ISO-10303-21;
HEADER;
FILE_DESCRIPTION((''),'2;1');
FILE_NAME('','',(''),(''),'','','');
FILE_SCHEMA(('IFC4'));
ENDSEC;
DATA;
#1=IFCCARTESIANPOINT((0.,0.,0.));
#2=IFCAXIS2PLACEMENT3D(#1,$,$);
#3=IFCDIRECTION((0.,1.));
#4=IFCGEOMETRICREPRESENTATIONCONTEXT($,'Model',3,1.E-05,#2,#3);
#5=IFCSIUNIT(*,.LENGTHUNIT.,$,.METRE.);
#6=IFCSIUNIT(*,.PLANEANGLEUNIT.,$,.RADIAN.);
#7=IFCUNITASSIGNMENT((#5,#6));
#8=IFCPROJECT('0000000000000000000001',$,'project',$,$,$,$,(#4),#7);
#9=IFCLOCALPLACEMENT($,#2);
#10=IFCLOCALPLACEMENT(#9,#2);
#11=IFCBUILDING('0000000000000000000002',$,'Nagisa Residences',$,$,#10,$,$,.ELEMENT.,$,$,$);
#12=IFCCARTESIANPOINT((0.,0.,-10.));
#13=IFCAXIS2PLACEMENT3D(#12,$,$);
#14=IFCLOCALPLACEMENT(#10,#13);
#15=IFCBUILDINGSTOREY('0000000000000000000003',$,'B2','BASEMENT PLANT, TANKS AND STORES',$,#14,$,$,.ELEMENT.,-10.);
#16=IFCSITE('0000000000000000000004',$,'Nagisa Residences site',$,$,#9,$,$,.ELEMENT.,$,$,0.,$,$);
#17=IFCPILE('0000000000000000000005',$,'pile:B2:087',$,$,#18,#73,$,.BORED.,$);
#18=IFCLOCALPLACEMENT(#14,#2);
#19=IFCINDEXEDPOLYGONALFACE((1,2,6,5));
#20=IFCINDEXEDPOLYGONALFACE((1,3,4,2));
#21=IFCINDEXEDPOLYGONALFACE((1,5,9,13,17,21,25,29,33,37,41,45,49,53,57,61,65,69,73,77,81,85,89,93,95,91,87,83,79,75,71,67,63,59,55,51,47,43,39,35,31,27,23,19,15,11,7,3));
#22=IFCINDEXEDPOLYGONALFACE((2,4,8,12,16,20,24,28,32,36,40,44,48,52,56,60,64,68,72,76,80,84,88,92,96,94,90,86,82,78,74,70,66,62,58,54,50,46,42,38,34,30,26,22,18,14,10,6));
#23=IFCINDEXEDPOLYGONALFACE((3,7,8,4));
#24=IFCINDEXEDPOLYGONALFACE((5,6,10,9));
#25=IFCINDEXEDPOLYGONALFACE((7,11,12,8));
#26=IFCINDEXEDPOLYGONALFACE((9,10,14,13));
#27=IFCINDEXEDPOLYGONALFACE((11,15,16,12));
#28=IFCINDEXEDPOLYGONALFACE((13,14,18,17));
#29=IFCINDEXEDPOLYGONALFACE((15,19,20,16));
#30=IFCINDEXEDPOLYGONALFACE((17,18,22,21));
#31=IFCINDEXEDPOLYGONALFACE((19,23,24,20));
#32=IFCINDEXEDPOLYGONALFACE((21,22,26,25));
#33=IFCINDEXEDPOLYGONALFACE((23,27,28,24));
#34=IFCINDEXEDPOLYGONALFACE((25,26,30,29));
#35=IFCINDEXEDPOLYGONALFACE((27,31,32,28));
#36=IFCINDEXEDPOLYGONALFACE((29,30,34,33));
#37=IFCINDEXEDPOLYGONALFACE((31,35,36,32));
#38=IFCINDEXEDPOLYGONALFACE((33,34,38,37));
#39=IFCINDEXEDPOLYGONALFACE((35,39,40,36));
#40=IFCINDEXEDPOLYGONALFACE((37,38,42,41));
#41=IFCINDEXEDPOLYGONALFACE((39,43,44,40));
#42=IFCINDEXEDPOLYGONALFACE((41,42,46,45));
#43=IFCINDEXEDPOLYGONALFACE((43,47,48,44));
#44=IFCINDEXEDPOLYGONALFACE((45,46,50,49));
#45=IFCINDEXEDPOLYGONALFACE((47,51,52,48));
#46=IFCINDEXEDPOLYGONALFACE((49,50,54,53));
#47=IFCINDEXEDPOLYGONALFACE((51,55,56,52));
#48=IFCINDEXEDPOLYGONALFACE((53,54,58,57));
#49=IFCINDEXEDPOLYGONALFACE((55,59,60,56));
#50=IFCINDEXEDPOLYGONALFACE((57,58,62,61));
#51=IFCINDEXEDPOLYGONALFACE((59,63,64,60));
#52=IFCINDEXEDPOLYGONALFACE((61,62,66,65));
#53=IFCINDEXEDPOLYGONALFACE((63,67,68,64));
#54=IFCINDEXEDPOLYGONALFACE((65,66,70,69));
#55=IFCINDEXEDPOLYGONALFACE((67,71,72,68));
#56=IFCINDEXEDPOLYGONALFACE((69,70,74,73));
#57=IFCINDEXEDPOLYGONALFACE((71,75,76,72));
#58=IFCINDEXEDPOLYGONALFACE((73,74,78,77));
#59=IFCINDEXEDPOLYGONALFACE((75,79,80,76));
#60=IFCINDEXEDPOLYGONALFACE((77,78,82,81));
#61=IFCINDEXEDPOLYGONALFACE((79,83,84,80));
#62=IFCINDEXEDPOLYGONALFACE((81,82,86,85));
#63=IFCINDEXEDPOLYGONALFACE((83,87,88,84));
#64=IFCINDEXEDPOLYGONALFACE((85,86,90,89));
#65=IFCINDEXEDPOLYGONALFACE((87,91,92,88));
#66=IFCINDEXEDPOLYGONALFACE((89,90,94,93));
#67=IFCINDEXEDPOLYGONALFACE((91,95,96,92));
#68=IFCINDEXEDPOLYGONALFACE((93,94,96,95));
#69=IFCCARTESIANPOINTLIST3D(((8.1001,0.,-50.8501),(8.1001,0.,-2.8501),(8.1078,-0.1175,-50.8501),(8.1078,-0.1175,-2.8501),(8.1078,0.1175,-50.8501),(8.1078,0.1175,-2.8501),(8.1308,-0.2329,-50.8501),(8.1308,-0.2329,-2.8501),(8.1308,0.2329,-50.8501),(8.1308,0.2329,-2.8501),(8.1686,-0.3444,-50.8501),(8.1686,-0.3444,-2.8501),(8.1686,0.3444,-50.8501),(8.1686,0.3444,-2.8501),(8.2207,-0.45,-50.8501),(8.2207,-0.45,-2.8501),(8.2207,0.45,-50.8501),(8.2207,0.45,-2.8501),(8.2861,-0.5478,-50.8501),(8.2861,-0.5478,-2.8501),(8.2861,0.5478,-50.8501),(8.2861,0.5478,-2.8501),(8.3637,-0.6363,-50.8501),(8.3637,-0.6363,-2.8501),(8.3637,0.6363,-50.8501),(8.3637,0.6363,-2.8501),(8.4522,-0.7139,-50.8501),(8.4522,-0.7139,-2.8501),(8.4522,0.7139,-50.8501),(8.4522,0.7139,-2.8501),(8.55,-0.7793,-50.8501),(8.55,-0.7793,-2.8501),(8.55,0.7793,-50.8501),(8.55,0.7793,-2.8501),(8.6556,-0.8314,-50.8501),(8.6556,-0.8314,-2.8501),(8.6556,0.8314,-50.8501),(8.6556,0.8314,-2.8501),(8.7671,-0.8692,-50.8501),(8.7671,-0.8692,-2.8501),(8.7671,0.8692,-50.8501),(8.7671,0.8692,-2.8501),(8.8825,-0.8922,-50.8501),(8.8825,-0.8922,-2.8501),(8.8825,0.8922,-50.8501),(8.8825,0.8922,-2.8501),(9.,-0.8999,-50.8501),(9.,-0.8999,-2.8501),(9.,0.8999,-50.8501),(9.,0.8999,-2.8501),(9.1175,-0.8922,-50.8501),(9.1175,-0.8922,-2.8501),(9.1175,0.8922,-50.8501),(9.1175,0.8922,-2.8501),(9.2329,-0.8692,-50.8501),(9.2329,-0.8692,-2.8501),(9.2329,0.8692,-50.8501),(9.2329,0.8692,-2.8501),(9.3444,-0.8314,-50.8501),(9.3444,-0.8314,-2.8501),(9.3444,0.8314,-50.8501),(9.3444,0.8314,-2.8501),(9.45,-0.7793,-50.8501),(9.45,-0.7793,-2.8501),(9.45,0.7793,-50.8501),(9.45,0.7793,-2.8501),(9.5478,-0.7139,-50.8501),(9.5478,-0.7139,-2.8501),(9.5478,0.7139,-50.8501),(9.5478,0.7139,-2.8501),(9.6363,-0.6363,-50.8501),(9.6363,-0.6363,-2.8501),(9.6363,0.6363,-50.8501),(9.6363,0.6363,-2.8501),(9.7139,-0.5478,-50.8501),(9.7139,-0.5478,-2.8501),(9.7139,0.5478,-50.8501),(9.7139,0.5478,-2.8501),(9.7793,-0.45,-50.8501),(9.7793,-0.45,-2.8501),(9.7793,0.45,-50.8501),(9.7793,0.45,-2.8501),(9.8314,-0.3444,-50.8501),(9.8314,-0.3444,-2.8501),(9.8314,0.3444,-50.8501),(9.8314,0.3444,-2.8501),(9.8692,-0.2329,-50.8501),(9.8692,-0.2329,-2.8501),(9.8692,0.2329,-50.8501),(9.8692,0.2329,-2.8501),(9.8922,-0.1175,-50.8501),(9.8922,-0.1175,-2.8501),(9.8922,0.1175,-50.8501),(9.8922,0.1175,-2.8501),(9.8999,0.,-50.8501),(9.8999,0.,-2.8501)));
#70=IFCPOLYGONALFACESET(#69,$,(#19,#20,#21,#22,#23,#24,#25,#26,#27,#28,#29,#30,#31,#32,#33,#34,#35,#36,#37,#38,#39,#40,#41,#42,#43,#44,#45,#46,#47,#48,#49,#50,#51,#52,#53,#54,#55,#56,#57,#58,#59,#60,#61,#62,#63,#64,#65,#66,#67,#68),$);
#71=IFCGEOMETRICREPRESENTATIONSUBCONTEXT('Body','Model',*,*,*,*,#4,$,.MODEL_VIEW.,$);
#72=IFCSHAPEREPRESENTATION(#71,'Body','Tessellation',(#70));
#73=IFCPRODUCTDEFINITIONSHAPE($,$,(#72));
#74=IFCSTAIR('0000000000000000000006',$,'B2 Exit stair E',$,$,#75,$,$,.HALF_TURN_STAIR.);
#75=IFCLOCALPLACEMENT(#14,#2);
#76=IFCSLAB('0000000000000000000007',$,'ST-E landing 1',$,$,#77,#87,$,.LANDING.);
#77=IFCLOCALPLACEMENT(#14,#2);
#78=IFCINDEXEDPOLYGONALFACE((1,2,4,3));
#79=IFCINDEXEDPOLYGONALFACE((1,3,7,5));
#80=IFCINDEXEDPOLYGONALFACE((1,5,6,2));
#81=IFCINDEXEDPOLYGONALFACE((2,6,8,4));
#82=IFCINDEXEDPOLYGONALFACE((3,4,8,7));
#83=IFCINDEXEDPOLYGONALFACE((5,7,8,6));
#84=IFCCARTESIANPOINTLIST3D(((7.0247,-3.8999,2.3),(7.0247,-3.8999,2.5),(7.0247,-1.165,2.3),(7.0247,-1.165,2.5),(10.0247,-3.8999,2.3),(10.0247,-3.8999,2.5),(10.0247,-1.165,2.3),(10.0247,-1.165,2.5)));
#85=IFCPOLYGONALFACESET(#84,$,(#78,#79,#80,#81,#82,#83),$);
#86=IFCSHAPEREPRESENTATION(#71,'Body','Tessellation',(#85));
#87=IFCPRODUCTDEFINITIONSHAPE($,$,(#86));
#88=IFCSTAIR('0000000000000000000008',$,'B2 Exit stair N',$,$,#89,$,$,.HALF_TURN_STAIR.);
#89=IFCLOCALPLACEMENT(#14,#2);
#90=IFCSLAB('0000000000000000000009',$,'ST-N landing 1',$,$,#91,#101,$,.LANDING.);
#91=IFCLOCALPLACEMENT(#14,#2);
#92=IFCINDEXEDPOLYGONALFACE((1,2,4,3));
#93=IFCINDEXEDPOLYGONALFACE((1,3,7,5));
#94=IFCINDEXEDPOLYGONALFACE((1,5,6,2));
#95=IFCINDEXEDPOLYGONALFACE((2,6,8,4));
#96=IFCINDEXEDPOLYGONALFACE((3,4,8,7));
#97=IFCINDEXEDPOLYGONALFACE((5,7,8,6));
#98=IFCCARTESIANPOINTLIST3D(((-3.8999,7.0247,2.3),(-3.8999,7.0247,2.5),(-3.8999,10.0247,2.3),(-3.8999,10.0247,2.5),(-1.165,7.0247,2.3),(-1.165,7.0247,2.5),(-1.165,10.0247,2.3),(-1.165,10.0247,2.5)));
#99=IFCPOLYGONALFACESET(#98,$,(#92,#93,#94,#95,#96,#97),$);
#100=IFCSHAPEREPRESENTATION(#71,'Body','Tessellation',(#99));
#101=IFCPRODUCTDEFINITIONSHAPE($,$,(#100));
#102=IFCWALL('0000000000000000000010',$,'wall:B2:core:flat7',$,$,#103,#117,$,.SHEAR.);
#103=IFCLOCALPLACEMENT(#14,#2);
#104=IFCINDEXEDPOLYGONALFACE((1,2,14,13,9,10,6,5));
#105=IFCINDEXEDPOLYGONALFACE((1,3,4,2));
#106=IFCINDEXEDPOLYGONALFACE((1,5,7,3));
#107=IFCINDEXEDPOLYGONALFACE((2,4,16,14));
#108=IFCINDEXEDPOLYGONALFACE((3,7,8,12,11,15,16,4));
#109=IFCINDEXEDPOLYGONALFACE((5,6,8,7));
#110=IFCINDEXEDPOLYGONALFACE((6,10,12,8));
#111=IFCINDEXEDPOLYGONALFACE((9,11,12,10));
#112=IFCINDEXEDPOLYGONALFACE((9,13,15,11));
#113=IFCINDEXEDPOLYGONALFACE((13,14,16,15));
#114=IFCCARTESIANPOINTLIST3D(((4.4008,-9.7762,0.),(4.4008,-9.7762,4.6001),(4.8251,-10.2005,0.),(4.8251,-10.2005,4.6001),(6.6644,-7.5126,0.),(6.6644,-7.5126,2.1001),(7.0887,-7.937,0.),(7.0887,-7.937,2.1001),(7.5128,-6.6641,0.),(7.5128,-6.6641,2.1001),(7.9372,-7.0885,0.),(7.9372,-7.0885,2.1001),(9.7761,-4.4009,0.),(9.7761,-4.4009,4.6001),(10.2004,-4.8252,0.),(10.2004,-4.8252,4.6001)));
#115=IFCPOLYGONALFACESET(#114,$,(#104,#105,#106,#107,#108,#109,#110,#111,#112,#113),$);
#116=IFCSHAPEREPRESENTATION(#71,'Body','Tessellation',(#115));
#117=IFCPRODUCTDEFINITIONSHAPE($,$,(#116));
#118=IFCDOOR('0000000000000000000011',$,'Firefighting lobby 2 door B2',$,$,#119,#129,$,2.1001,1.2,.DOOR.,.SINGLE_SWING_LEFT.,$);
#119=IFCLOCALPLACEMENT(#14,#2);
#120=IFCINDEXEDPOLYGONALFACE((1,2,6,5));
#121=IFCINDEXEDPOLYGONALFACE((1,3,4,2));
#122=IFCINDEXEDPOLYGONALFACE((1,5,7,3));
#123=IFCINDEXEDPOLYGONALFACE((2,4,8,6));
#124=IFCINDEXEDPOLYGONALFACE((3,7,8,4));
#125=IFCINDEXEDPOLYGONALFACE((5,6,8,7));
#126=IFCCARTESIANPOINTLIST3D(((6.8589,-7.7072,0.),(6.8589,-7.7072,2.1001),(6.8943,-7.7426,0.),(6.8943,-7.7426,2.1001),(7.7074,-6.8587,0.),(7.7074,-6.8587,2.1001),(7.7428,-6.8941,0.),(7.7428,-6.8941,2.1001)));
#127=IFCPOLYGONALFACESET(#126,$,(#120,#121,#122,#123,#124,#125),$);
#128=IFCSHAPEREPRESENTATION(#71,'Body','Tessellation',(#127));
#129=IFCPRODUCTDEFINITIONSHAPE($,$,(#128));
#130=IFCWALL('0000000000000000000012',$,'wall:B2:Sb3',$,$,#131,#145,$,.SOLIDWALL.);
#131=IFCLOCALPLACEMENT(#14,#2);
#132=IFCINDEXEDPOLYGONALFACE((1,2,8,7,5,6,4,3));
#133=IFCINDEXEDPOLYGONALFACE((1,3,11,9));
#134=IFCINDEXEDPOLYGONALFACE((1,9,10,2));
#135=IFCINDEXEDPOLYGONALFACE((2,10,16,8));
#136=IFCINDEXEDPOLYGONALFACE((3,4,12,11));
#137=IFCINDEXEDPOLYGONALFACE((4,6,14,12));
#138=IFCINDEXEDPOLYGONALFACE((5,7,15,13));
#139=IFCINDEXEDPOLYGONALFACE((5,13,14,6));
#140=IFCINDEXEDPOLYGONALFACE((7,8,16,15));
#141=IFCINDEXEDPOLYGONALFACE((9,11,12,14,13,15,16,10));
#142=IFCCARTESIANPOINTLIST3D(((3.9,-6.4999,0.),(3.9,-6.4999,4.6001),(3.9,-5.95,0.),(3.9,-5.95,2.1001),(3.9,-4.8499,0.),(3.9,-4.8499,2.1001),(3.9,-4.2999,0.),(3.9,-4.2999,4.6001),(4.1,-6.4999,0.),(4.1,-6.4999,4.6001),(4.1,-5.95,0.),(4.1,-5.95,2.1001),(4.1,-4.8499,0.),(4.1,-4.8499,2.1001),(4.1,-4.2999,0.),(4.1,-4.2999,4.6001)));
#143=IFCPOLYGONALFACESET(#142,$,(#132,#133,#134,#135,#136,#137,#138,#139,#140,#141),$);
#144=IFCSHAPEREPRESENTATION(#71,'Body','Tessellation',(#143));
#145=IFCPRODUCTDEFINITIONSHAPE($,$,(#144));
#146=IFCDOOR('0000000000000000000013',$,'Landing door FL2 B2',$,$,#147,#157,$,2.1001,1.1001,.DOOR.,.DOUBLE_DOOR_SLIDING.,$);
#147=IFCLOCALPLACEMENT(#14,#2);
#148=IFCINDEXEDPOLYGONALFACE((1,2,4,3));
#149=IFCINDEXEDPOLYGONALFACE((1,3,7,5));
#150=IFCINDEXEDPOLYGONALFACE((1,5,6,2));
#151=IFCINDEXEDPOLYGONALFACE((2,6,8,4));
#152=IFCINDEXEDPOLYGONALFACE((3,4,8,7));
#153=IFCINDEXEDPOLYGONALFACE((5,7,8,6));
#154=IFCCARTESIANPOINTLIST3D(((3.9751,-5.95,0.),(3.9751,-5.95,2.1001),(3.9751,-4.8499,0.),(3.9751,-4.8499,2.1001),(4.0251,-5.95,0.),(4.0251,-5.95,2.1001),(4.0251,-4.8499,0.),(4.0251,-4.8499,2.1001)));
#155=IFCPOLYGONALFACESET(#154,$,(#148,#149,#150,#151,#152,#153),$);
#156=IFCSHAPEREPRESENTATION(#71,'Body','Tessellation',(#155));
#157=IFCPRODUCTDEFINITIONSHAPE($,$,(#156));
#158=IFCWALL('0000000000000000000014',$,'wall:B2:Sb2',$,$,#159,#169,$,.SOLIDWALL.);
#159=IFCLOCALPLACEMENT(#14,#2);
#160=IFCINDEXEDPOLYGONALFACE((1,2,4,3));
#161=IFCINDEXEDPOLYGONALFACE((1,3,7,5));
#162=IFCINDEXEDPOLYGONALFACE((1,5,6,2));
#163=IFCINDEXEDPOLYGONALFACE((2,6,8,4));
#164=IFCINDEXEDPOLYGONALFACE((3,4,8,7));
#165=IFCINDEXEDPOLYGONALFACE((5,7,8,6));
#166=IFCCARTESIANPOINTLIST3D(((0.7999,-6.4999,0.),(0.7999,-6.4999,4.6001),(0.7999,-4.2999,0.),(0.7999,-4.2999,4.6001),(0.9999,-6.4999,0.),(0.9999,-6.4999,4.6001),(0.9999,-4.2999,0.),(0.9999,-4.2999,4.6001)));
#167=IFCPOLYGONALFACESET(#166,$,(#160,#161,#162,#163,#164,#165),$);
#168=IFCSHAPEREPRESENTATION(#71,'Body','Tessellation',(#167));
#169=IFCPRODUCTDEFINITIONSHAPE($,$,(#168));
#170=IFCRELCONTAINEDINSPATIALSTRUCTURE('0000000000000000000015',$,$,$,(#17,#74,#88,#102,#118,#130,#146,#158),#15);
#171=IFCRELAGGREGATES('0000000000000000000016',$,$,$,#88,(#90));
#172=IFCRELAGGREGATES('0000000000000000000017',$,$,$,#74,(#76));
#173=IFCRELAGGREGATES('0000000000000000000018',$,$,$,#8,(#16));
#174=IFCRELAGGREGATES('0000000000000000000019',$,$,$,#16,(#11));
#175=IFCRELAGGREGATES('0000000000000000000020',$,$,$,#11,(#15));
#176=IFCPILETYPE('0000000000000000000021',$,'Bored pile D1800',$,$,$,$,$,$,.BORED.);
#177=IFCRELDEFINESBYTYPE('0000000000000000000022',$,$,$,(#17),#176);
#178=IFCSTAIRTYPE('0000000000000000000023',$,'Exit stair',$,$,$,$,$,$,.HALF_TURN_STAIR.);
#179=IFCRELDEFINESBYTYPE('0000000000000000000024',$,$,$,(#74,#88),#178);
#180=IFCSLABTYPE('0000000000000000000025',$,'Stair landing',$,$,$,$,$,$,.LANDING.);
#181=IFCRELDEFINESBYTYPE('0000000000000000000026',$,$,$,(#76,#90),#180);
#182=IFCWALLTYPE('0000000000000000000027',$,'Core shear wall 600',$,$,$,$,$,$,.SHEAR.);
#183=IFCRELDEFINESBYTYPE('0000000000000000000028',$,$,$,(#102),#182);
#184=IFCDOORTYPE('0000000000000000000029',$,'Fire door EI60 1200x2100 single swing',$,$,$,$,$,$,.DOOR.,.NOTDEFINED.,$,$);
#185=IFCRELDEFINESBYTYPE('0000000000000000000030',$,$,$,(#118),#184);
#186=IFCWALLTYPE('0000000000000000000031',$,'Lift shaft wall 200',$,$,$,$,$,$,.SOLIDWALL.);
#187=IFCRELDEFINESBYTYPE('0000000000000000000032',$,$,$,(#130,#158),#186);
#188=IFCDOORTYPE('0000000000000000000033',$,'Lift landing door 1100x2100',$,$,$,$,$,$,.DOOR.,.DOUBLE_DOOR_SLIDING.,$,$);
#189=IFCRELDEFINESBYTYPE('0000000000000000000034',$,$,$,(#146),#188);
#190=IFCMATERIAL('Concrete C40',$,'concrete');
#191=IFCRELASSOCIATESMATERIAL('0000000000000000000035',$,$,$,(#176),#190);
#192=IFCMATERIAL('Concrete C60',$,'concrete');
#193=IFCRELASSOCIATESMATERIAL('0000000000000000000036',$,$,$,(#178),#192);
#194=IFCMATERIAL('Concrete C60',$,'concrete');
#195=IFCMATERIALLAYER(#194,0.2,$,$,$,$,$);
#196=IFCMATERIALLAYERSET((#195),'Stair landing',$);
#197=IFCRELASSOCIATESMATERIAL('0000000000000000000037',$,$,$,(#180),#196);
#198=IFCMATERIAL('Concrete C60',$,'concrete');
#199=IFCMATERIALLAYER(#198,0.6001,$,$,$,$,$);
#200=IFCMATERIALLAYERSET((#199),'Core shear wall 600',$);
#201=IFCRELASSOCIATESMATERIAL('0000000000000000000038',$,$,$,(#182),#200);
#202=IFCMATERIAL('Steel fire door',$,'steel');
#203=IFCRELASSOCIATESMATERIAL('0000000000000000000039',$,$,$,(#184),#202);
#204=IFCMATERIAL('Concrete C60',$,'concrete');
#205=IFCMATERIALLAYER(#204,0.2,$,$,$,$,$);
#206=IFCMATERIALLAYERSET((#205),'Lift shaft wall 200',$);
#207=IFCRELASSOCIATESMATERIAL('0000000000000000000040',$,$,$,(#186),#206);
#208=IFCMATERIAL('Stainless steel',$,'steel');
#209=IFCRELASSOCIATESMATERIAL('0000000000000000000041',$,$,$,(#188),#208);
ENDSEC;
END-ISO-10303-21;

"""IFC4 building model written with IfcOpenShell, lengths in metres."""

from ifc_helpers import new_model, si_unit, direction, frame, frame_2d, origin, origin_2d, place, context, subcontext, project, spatial, polyline, rectangle, circle, outline, extrude, material, layer, layer_set, material_profile, profile_set, type_object, element, fill, aggregate, save


model = new_model("IFC4")

# Units and contexts
model_context = context("Model", 3, precision=1e-05, world=origin(), true_north=direction((0.0, 1.0)))
body_context = subcontext(model_context, "Body", "Model", "MODEL_VIEW")
ifc_project = project(units=[si_unit("LENGTHUNIT", "METRE"), si_unit("PLANEANGLEUNIT", "RADIAN")], contexts=[model_context])

# Site, building, storey
site_placement = place(None, origin())
site = spatial("IfcSite", under=ifc_project, at=site_placement, Name="Nagisa Residences site", CompositionType="ELEMENT", RefElevation=0.0)
building_placement = place(site_placement, origin())
building = spatial("IfcBuilding", under=site, at=building_placement, Name="Nagisa Residences", CompositionType="ELEMENT")
storey_placement = place(building_placement, frame((0.0, 0.0, -10.0)))
storey = spatial("IfcBuildingStorey", under=building, at=storey_placement, Name="B2", Description="BASEMENT PLANT, TANKS AND STORES", CompositionType="ELEMENT", Elevation=-10.0)

# Pile
ifc_material_1 = material(Name="Concrete C40", Category="concrete")
ifc_material_profile = material_profile(ifc_material_1, circle(Radius=0.8999, at=origin_2d()), Name="Bored pile D1800")
ifc_profile_set = profile_set([ifc_material_profile], Name="Concrete C40")
pile_type = type_object("IfcPileType", Name="Bored pile D1800", PredefinedType="BORED", material=ifc_profile_set)
for number, where, z_axis, x_axis, name in (
    (1, (9.0, 0.0, -2.8501), (0.0, 0.0, -1.0), (1.0, 0.0, 0.0), "pile:B2:087"),
):
    element("IfcPile", number, at=place(storey_placement, frame(where, z_axis=z_axis, x_axis=x_axis)), inside=storey, type_object=pile_type, Name=name, PredefinedType="BORED", context=body_context, shape_type="SweptSolid", body=[
        extrude(circle(Radius=0.8999, at=origin_2d()), origin(), (0.0, 0.0, 1.0), 48.0),
    ])

# Stairs, slabs
ifc_material_2 = material(Name="Concrete C60", Category="concrete")
stair_type = type_object("IfcStairType", Name="Exit stair", PredefinedType="HALF_TURN_STAIR", material=ifc_material_2)
stair_1_placement = place(storey_placement, origin())
stair_1 = element("IfcStair", 2, at=stair_1_placement, inside=storey, type_object=stair_type, Name="B2 Exit stair E", PredefinedType="HALF_TURN_STAIR")
ifc_material_3 = material(Name="Concrete C60", Category="concrete")
ifc_layer_1 = layer(ifc_material_3, 0.2)
ifc_layer_set_1 = layer_set([ifc_layer_1], Name="Stair landing")
slab_type = type_object("IfcSlabType", Name="Stair landing", PredefinedType="LANDING", material=ifc_layer_set_1)
slab_1_placement = place(storey_placement, frame((0.0, 0.0, 2.3)))
slab_1 = element("IfcSlab", 3, at=slab_1_placement, type_object=slab_type, Name="ST-E landing 1", PredefinedType="LANDING", context=body_context, shape_type="SweptSolid", body=[
    extrude(outline(polyline([(7.0247, -1.165), (7.0247, -3.8999), (10.0247, -3.8999), (10.0247, -1.165), (7.0247, -1.165)])), origin(), (0.0, 0.0, 1.0), 0.2),
])
stair_2_placement = place(storey_placement, origin())
stair_2 = element("IfcStair", 4, at=stair_2_placement, inside=storey, type_object=stair_type, Name="B2 Exit stair N", PredefinedType="HALF_TURN_STAIR")
slab_2_placement = place(storey_placement, frame((0.0, 0.0, 2.3)))
slab_2 = element("IfcSlab", 5, at=slab_2_placement, type_object=slab_type, Name="ST-N landing 1", PredefinedType="LANDING", context=body_context, shape_type="SweptSolid", body=[
    extrude(outline(polyline([(-1.165, 10.0247), (-3.8999, 10.0247), (-3.8999, 7.0247), (-1.165, 7.0247), (-1.165, 10.0247)])), origin(), (0.0, 0.0, 1.0), 0.2),
])
aggregate(stair_2, [slab_2])

# Walls, openings, doors
ifc_material_4 = material(Name="Concrete C60", Category="concrete")
ifc_layer_2 = layer(ifc_material_4, 0.6001)
ifc_layer_set_2 = layer_set([ifc_layer_2], Name="Core shear wall 600")
wall_type_1 = type_object("IfcWallType", Name="Core shear wall 600", PredefinedType="SHEAR", material=ifc_layer_set_2)
wall_1_placement = place(storey_placement, frame((4.613, -9.9883, 0.0), z_axis=(0.0, 0.0, 1.0), x_axis=(0.707107, 0.707107, 0.0)))
wall_1 = element("IfcWall", 6, at=wall_1_placement, inside=storey, type_object=wall_type_1, Name="wall:B2:core:flat7", PredefinedType="SHEAR", context=body_context, shape_type="SweptSolid", body=[
    extrude(rectangle(XDim=7.6018, YDim=0.6001, at=frame_2d((3.8008, 0.0))), origin(), (0.0, 0.0, 1.0), 4.6001),
])
opening_1_placement = place(wall_1_placement, frame((3.2009, 0.0, 0.0)))
opening_1 = element("IfcOpeningElement", 7, at=opening_1_placement, cuts=wall_1, PredefinedType="OPENING", context=body_context, shape_type="SweptSolid", body=[
    extrude(rectangle(XDim=1.2, YDim=2.1001, at=frame_2d((0.6001, 1.05))), frame((0.0, 0.3101, 0.0), z_axis=(0.0, -1.0, 0.0), x_axis=(1.0, 0.0, 0.0)), (0.0, 0.0, 1.0), 0.6201),
])
ifc_material_5 = material(Name="Steel fire door", Category="steel")
door_type_1 = type_object("IfcDoorType", Name="Fire door EI60 1200x2100 single swing", OperationType="NOTDEFINED", PredefinedType="DOOR", material=ifc_material_5)
door_1_placement = place(opening_1_placement, origin())
door_1 = element("IfcDoor", 8, at=door_1_placement, inside=storey, type_object=door_type_1, Name="Firefighting lobby 2 door B2", OperationType="SINGLE_SWING_LEFT", OverallHeight=2.1001, OverallWidth=1.2, PredefinedType="DOOR", context=body_context, shape_type="SweptSolid", body=[
    extrude(rectangle(XDim=1.2, YDim=2.1001, at=frame_2d((0.6001, 1.05))), frame((0.0, 0.0249, 0.0), z_axis=(0.0, -1.0, 0.0), x_axis=(1.0, 0.0, 0.0)), (0.0, 0.0, 1.0), 0.05),
])
fill(opening_1, door_1)
ifc_material_6 = material(Name="Concrete C60", Category="concrete")
ifc_layer_3 = layer(ifc_material_6, 0.2)
ifc_layer_set_3 = layer_set([ifc_layer_3], Name="Lift shaft wall 200")
wall_type_2 = type_object("IfcWallType", Name="Lift shaft wall 200", PredefinedType="SOLIDWALL", material=ifc_layer_set_3)
wall_2_placement = place(storey_placement, frame((4.0, -6.5, 0.0), z_axis=(0.0, 0.0, 1.0), x_axis=(0.0, 1.0, 0.0)))
wall_2 = element("IfcWall", 9, at=wall_2_placement, inside=storey, type_object=wall_type_2, Name="wall:B2:Sb3", PredefinedType="SOLIDWALL", context=body_context, shape_type="SweptSolid", body=[
    extrude(rectangle(XDim=2.2, YDim=0.2, at=frame_2d((1.1001, 0.0))), origin(), (0.0, 0.0, 1.0), 4.6001),
])
opening_2_placement = place(wall_2_placement, frame((0.55, 0.0, 0.0)))
opening_2 = element("IfcOpeningElement", 10, at=opening_2_placement, cuts=wall_2, PredefinedType="OPENING", context=body_context, shape_type="SweptSolid", body=[
    extrude(rectangle(XDim=1.1001, YDim=2.1001, at=frame_2d((0.55, 1.05))), frame((0.0, 0.1099, 0.0), z_axis=(0.0, -1.0, 0.0), x_axis=(1.0, 0.0, 0.0)), (0.0, 0.0, 1.0), 0.22),
])
ifc_material_7 = material(Name="Stainless steel", Category="steel")
door_type_2 = type_object("IfcDoorType", Name="Lift landing door 1100x2100", OperationType="DOUBLE_DOOR_SLIDING", PredefinedType="DOOR", material=ifc_material_7)
door_2_placement = place(opening_2_placement, origin())
door_2 = element("IfcDoor", 11, at=door_2_placement, inside=storey, type_object=door_type_2, Name="Landing door FL2 B2", OperationType="DOUBLE_DOOR_SLIDING", OverallHeight=2.1001, OverallWidth=1.1001, PredefinedType="DOOR", context=body_context, shape_type="SweptSolid", body=[
    extrude(rectangle(XDim=1.1001, YDim=2.1001, at=frame_2d((0.55, 1.05))), frame((0.0, 0.0249, 0.0), z_axis=(0.0, -1.0, 0.0), x_axis=(1.0, 0.0, 0.0)), (0.0, 0.0, 1.0), 0.05),
])
fill(opening_2, door_2)

# Wall
wall_3_placement = place(storey_placement, frame((0.8999, -6.5, 0.0), z_axis=(0.0, 0.0, 1.0), x_axis=(0.0, 1.0, 0.0)))
element("IfcWall", 12, at=wall_3_placement, inside=storey, type_object=wall_type_2, Name="wall:B2:Sb2", PredefinedType="SOLIDWALL", context=body_context, shape_type="SweptSolid", body=[
    extrude(rectangle(XDim=2.2, YDim=0.2, at=frame_2d((1.1001, 0.0))), origin(), (0.0, 0.0, 1.0), 4.6001),
])

aggregate(stair_1, [slab_1])

save(model, "model.ifc")
